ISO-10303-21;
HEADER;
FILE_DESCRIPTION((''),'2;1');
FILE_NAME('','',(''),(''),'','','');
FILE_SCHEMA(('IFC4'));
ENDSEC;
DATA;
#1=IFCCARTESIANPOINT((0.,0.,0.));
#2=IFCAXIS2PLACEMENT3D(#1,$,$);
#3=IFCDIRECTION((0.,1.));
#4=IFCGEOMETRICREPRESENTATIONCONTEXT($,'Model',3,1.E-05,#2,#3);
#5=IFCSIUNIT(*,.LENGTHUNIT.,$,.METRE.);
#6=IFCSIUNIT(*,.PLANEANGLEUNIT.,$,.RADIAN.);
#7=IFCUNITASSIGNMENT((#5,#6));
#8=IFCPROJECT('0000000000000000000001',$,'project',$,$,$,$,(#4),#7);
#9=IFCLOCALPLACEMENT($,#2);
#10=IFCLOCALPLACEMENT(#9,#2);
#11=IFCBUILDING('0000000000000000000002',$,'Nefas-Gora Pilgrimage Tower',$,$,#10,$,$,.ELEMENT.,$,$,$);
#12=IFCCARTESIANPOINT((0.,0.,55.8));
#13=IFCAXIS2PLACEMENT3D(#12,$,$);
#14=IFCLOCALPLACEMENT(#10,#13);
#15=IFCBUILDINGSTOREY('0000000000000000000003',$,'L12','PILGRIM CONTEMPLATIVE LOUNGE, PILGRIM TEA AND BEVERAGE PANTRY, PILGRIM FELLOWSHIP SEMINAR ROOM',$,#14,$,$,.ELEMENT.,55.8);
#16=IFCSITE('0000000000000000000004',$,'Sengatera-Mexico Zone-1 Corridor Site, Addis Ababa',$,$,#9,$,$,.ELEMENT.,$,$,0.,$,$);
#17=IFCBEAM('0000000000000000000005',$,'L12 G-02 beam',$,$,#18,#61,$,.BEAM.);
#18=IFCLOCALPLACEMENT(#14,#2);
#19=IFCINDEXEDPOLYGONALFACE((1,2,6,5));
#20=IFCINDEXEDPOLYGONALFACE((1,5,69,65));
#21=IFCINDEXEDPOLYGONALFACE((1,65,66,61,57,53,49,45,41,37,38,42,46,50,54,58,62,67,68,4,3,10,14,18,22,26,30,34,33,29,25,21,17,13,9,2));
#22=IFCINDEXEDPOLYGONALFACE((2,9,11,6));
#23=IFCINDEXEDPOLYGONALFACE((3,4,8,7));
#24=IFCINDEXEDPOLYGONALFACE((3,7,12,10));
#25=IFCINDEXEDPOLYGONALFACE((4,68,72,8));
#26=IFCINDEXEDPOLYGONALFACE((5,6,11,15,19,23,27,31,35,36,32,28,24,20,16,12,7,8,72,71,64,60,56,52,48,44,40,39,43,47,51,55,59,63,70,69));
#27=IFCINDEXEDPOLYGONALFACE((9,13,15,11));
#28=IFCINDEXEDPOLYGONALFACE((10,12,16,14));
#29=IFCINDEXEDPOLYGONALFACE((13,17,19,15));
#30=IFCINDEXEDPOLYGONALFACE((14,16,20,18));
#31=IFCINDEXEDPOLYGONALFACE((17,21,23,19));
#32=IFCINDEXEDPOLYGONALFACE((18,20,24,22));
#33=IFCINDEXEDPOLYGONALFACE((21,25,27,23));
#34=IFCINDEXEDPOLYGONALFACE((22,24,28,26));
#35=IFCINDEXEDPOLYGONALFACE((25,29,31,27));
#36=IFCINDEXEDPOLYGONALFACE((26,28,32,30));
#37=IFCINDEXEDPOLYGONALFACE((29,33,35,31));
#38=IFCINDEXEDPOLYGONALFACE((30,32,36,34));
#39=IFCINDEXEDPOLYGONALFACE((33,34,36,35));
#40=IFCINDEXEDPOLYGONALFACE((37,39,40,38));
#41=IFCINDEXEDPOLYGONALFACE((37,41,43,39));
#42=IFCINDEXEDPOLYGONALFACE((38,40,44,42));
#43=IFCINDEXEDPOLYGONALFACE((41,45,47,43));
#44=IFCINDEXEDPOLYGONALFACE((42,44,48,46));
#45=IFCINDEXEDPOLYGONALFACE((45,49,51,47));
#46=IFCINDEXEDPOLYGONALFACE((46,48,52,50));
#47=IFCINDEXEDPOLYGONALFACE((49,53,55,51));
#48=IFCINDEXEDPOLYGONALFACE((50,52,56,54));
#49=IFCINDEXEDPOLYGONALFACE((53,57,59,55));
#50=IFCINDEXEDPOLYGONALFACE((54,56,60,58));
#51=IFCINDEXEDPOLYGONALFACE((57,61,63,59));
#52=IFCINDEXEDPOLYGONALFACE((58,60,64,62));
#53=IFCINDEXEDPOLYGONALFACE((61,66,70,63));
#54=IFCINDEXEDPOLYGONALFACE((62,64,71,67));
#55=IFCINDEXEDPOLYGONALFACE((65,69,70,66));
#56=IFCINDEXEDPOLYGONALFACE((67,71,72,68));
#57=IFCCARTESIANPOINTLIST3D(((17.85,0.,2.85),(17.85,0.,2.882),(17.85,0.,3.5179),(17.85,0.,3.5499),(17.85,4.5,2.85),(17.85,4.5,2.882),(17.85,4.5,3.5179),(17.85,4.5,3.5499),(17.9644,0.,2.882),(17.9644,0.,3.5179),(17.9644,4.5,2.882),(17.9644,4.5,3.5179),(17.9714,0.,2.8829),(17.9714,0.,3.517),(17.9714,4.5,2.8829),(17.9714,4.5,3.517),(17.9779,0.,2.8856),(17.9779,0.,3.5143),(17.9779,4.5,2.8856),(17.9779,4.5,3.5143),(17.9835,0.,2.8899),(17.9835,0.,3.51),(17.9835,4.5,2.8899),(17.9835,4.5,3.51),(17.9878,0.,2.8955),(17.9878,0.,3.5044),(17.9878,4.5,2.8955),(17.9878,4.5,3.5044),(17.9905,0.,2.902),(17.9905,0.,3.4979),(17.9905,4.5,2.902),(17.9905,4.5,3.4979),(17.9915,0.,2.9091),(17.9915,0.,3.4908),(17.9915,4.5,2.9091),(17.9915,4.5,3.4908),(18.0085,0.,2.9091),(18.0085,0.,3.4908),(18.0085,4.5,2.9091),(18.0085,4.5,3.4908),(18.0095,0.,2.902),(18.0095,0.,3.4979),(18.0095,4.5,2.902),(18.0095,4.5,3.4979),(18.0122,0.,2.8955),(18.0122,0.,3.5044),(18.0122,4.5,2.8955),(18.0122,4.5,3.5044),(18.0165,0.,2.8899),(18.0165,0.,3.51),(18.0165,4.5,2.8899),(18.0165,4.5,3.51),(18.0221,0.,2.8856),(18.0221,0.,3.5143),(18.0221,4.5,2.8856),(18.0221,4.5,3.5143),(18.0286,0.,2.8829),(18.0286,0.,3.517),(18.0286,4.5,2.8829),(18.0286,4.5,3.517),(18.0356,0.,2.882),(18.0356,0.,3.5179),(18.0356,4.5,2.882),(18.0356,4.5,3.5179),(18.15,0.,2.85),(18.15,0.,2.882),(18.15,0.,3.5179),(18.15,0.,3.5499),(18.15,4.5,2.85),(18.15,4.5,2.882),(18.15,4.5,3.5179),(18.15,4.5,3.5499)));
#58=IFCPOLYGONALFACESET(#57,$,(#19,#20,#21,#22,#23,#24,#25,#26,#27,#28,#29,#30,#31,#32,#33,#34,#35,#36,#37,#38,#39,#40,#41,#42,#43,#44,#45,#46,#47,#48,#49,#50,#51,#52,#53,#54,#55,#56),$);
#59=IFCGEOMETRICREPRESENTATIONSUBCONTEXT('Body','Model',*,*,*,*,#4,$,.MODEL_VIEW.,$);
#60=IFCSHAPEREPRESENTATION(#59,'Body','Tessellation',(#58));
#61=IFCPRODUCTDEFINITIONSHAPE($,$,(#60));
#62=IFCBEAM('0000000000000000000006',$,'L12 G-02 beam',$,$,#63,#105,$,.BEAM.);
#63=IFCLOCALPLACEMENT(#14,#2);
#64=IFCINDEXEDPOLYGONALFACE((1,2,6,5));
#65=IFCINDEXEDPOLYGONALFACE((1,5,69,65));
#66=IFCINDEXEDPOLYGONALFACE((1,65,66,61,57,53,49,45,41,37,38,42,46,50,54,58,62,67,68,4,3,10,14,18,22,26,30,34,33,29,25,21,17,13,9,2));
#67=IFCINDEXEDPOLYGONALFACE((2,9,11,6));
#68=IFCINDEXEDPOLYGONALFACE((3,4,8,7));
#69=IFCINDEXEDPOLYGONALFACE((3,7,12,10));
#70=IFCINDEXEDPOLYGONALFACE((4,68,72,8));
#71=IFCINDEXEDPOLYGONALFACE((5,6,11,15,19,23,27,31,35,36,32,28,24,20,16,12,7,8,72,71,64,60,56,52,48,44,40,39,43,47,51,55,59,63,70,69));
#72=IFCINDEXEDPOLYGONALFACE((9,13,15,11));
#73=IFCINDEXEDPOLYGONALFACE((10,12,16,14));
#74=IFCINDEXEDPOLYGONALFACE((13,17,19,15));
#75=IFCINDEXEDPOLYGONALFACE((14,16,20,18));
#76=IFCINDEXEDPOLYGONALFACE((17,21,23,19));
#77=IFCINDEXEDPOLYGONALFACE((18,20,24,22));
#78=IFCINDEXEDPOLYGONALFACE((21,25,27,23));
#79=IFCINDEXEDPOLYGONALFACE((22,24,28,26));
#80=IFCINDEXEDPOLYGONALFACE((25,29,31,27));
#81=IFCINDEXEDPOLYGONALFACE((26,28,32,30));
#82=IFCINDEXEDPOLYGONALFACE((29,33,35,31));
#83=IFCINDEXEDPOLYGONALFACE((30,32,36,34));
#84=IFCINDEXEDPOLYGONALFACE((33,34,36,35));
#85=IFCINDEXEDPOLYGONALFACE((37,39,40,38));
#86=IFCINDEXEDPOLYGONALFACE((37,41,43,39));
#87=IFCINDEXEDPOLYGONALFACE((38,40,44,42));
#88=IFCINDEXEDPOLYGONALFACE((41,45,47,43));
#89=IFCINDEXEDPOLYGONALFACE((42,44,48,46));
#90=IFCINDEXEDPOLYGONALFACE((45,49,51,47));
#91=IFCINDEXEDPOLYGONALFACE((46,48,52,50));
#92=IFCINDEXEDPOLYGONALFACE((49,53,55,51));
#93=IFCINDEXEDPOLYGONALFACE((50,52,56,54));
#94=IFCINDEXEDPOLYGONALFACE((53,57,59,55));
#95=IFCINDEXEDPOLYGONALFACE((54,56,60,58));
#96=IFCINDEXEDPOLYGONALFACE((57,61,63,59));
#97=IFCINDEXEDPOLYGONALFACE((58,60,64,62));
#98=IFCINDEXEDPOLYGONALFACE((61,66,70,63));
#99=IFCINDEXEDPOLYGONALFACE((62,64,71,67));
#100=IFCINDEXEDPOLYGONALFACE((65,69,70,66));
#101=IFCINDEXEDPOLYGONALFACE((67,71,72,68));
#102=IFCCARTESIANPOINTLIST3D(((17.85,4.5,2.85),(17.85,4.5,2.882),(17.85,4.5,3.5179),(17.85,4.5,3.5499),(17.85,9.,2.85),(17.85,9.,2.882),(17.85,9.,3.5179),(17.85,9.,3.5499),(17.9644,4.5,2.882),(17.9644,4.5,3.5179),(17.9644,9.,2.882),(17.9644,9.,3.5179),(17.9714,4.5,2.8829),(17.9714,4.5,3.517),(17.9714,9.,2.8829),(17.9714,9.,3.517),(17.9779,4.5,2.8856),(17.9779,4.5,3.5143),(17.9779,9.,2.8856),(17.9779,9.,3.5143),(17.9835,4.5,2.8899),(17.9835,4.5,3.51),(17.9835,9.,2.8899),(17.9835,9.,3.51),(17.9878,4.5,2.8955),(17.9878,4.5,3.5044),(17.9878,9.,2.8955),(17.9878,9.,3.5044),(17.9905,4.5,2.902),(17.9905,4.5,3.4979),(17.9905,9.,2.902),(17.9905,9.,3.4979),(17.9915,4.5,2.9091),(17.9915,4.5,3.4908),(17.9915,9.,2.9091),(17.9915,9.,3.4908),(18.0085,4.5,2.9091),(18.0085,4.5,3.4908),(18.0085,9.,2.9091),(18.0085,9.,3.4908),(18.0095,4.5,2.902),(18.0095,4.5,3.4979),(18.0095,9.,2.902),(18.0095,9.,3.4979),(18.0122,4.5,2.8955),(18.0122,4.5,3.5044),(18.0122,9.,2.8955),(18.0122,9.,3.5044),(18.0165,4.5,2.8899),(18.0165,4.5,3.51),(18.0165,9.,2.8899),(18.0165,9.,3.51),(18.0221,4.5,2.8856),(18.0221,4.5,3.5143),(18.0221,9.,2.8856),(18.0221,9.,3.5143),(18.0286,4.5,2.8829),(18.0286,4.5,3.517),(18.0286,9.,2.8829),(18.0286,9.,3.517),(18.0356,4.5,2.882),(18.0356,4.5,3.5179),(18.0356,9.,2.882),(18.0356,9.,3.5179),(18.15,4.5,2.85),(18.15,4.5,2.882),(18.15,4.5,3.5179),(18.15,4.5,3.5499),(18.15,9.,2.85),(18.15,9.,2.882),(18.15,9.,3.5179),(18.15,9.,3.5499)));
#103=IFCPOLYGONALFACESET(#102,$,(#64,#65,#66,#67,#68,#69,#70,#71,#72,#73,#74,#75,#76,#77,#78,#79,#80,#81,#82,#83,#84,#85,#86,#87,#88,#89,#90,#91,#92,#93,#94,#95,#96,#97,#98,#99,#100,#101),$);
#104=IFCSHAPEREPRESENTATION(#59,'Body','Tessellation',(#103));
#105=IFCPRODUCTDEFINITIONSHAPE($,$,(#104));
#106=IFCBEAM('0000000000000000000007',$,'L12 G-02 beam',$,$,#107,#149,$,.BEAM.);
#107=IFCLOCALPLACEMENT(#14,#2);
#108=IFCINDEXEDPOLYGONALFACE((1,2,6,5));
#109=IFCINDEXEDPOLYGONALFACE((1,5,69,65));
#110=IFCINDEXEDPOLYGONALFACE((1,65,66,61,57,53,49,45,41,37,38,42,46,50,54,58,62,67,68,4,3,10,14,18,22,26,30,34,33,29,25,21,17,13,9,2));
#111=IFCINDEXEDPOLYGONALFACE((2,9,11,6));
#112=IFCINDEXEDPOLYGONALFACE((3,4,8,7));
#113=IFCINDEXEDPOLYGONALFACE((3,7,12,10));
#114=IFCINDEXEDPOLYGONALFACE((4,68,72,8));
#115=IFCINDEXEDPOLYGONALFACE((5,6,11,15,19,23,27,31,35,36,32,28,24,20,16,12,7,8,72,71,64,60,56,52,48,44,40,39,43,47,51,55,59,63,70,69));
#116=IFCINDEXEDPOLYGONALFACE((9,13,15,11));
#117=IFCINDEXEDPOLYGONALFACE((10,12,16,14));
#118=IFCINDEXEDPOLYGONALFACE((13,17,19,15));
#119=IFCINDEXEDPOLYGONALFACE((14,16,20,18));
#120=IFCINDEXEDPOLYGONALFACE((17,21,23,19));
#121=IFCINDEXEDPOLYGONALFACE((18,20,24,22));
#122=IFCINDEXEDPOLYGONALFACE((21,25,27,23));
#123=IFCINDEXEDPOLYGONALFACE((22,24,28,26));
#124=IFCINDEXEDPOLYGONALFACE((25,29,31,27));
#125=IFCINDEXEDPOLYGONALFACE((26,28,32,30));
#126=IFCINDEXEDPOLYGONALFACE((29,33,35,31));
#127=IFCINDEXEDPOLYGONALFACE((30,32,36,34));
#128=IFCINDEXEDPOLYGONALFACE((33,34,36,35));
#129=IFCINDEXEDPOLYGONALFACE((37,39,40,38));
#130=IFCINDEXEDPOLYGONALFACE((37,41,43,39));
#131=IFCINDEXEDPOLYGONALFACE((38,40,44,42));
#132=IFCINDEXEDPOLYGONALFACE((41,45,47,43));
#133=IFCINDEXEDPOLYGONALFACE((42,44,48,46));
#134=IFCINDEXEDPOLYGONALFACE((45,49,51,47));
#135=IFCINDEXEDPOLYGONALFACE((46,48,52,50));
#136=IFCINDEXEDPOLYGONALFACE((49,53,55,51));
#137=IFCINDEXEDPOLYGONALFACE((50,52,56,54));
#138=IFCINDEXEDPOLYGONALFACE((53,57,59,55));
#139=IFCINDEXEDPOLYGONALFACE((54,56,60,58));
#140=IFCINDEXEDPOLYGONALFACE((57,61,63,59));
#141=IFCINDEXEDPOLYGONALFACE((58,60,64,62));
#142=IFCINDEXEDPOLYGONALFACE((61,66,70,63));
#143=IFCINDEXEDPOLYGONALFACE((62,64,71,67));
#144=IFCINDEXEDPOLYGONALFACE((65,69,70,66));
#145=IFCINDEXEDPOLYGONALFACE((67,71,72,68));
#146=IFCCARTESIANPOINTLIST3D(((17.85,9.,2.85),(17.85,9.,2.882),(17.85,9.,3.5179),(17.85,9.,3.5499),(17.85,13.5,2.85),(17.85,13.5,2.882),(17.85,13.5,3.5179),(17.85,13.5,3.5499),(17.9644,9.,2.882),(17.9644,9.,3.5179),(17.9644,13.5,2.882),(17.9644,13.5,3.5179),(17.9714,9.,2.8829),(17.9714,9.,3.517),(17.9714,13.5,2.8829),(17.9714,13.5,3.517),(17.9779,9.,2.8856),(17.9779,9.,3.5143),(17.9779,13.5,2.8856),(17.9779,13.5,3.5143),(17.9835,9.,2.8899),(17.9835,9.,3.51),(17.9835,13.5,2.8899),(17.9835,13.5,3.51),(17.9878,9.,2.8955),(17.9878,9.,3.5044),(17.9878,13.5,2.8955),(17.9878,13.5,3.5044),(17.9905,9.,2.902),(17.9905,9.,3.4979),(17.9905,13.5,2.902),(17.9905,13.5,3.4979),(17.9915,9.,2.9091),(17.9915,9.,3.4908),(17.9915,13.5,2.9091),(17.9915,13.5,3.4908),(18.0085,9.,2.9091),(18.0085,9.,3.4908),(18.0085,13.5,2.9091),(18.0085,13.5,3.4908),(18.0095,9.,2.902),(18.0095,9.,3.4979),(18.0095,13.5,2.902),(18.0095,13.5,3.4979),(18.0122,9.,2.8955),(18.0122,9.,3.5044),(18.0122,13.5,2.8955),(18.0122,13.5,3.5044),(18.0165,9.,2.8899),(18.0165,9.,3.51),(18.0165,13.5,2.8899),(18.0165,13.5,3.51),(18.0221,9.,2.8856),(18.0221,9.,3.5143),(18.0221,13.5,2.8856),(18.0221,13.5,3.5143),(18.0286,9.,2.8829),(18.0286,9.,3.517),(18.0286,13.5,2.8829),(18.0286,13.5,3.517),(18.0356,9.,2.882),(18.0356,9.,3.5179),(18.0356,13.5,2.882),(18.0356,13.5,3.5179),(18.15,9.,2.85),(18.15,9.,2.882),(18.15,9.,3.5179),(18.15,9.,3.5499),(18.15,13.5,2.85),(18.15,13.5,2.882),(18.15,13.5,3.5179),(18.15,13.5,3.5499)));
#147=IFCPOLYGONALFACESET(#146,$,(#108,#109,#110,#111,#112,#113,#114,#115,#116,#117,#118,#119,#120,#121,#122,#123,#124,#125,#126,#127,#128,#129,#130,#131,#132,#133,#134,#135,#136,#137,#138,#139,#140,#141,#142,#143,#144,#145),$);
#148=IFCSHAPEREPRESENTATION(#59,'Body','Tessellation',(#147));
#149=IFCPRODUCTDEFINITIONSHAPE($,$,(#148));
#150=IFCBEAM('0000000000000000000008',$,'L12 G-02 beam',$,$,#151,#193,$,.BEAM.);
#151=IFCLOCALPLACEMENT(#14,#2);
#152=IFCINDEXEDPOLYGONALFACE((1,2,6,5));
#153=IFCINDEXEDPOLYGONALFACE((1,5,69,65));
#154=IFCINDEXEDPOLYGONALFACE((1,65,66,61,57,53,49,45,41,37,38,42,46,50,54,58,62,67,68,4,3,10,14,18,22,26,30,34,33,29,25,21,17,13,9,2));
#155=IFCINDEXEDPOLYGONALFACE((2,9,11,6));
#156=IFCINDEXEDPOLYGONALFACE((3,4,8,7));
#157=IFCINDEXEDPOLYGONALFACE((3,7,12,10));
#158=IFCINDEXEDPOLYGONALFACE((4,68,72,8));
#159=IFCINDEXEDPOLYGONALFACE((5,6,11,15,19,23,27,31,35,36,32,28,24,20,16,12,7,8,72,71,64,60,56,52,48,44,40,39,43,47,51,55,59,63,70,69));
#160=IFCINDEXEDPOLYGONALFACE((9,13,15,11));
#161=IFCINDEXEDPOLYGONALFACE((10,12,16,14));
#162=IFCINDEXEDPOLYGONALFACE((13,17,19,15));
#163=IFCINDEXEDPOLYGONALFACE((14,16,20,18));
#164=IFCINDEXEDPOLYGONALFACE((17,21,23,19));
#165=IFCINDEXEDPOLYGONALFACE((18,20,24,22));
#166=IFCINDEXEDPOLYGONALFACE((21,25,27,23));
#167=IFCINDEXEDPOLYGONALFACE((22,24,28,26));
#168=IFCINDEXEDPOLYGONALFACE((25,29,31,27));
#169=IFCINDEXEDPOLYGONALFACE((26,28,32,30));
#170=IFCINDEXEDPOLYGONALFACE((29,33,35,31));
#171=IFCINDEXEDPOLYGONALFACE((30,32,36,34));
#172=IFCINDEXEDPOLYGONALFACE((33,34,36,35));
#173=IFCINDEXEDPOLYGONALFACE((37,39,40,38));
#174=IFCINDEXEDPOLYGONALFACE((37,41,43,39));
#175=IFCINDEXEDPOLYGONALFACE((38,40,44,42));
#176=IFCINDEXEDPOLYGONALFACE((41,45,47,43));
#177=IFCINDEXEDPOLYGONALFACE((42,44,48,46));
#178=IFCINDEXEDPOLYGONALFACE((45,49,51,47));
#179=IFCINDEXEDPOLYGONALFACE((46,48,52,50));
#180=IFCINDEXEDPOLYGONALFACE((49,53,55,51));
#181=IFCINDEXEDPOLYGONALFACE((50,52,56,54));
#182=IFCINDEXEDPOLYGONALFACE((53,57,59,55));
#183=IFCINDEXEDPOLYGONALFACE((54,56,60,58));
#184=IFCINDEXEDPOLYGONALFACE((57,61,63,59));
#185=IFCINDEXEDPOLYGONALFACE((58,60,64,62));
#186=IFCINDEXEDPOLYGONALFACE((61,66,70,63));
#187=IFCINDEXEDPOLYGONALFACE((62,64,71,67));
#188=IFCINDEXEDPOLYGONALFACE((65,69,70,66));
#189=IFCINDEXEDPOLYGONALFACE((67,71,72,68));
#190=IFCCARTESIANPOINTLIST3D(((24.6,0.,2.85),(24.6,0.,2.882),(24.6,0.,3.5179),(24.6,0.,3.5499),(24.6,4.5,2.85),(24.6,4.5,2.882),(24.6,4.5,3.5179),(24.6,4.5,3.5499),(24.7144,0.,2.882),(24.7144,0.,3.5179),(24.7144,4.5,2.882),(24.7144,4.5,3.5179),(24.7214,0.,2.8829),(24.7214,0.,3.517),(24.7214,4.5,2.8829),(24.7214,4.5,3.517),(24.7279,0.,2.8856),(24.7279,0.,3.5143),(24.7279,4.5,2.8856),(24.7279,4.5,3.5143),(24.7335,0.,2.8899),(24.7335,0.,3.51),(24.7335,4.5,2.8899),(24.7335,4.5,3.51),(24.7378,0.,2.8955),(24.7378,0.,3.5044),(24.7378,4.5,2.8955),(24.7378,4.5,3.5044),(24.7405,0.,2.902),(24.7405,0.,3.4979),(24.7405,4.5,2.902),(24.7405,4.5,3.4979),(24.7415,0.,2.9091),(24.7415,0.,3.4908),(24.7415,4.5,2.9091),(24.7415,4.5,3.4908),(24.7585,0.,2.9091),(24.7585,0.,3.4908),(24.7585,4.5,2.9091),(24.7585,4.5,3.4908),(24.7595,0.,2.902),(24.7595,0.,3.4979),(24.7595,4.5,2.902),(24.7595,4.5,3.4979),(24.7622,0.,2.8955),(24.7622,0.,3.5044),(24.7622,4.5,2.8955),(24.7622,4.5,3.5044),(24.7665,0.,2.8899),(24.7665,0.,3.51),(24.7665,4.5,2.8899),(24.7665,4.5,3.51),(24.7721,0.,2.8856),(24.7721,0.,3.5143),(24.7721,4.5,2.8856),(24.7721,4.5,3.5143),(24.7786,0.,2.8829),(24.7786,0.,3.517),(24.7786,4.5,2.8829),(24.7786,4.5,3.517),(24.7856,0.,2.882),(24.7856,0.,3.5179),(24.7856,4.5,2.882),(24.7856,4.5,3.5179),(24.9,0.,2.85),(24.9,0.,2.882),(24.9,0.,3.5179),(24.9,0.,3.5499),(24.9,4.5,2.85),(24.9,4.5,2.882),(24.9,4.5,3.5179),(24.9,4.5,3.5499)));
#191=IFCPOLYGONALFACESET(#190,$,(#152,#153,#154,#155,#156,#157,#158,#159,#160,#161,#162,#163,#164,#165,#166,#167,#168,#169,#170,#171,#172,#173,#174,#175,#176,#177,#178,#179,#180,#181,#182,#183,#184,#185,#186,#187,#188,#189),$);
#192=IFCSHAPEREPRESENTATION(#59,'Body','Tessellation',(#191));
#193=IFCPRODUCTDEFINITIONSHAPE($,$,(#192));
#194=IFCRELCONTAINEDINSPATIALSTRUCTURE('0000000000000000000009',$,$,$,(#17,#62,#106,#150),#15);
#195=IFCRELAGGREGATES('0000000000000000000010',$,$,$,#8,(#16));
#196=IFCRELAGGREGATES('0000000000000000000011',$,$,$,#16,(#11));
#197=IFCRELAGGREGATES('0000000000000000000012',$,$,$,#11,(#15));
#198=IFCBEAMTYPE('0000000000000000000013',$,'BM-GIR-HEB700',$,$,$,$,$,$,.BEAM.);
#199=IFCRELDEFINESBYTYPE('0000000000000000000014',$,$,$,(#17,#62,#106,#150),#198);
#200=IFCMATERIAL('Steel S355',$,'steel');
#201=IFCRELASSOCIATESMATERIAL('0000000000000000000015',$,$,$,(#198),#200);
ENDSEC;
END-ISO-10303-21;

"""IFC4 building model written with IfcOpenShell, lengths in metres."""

from ifc_helpers import new_model, si_unit, direction, frame, origin, origin_2d, place, context, subcontext, project, spatial, i_section, extrude, source, transform, mapped, material, material_profile, profile_set, type_object, element, save


model = new_model("IFC4")

# Units and contexts
model_context = context("Model", 3, precision=1e-05, world=origin(), true_north=direction((0.0, 1.0)))
body_context = subcontext(model_context, "Body", "Model", "MODEL_VIEW")
ifc_project = project(units=[si_unit("LENGTHUNIT", "METRE"), si_unit("PLANEANGLEUNIT", "RADIAN")], contexts=[model_context])

# Site, building, storey
site_placement = place(None, origin())
site = spatial("IfcSite", under=ifc_project, at=site_placement, Name="Sengatera-Mexico Zone-1 Corridor Site, Addis Ababa", CompositionType="ELEMENT", RefElevation=0.0)
building_placement = place(site_placement, origin())
building = spatial("IfcBuilding", under=site, at=building_placement, Name="Nefas-Gora Pilgrimage Tower", CompositionType="ELEMENT")
storey_placement = place(building_placement, frame((0.0, 0.0, 55.8)))
storey = spatial("IfcBuildingStorey", under=building, at=storey_placement, Name="L12", Description="PILGRIM CONTEMPLATIVE LOUNGE, PILGRIM TEA AND BEVERAGE PANTRY, PILGRIM FELLOWSHIP SEMINAR ROOM", CompositionType="ELEMENT", Elevation=55.8)

# Beams
ifc_material_1 = material(Name="Steel S355", Category="steel")
ifc_material_profile_1 = material_profile(ifc_material_1, i_section(OverallWidth=0.3, OverallDepth=0.7, WebThickness=0.0171, FlangeThickness=0.032, FilletRadius=0.0271, at=origin_2d()), Name="HEB 700")
ifc_profile_set_1 = profile_set([ifc_material_profile_1], Name="Steel S355")
beam_type_1 = type_object("IfcBeamType", Name="BM-GIR-HEB700", PredefinedType="BEAM", material=ifc_profile_set_1)
shared_shape_1 = source(origin(), body_context, "Body", "SweptSolid", [
    extrude(i_section(OverallWidth=0.3, OverallDepth=0.7, WebThickness=0.0171, FlangeThickness=0.032, FilletRadius=0.0271, at=origin_2d()), origin(), (0.0, 0.0, 1.0), 4.5),
])
for number, where, z_axis, x_axis, name in (
    (1, (18.0, 0.0, 3.2), (0.0, 1.0, 0.0), (-1.0, 0.0, 0.0), "L12 G-02 beam"),
    (2, (18.0, 4.5, 3.2), (0.0, 1.0, 0.0), (-1.0, 0.0, 0.0), "L12 G-02 beam"),
    (3, (18.0, 9.0, 3.2), (0.0, 1.0, 0.0), (-1.0, 0.0, 0.0), "L12 G-02 beam"),
    (4, (24.75, 0.0, 3.2), (0.0, 1.0, 0.0), (-1.0, 0.0, 0.0), "L12 G-02 beam"),
):
    element("IfcBeam", number, at=place(storey_placement, frame(where, z_axis=z_axis, x_axis=x_axis)), inside=storey, type_object=beam_type_1, Name=name, PredefinedType="BEAM", context=body_context, shape_type="MappedRepresentation", body=[
        mapped(shared_shape_1, transform((0.0, 0.0, 0.0), x_axis=(1.0, 0.0, 0.0), y_axis=(0.0, 1.0, 0.0), z_axis=(0.0, 0.0, 1.0), scale=1.0)),
    ])

save(model, "model.ifc")
